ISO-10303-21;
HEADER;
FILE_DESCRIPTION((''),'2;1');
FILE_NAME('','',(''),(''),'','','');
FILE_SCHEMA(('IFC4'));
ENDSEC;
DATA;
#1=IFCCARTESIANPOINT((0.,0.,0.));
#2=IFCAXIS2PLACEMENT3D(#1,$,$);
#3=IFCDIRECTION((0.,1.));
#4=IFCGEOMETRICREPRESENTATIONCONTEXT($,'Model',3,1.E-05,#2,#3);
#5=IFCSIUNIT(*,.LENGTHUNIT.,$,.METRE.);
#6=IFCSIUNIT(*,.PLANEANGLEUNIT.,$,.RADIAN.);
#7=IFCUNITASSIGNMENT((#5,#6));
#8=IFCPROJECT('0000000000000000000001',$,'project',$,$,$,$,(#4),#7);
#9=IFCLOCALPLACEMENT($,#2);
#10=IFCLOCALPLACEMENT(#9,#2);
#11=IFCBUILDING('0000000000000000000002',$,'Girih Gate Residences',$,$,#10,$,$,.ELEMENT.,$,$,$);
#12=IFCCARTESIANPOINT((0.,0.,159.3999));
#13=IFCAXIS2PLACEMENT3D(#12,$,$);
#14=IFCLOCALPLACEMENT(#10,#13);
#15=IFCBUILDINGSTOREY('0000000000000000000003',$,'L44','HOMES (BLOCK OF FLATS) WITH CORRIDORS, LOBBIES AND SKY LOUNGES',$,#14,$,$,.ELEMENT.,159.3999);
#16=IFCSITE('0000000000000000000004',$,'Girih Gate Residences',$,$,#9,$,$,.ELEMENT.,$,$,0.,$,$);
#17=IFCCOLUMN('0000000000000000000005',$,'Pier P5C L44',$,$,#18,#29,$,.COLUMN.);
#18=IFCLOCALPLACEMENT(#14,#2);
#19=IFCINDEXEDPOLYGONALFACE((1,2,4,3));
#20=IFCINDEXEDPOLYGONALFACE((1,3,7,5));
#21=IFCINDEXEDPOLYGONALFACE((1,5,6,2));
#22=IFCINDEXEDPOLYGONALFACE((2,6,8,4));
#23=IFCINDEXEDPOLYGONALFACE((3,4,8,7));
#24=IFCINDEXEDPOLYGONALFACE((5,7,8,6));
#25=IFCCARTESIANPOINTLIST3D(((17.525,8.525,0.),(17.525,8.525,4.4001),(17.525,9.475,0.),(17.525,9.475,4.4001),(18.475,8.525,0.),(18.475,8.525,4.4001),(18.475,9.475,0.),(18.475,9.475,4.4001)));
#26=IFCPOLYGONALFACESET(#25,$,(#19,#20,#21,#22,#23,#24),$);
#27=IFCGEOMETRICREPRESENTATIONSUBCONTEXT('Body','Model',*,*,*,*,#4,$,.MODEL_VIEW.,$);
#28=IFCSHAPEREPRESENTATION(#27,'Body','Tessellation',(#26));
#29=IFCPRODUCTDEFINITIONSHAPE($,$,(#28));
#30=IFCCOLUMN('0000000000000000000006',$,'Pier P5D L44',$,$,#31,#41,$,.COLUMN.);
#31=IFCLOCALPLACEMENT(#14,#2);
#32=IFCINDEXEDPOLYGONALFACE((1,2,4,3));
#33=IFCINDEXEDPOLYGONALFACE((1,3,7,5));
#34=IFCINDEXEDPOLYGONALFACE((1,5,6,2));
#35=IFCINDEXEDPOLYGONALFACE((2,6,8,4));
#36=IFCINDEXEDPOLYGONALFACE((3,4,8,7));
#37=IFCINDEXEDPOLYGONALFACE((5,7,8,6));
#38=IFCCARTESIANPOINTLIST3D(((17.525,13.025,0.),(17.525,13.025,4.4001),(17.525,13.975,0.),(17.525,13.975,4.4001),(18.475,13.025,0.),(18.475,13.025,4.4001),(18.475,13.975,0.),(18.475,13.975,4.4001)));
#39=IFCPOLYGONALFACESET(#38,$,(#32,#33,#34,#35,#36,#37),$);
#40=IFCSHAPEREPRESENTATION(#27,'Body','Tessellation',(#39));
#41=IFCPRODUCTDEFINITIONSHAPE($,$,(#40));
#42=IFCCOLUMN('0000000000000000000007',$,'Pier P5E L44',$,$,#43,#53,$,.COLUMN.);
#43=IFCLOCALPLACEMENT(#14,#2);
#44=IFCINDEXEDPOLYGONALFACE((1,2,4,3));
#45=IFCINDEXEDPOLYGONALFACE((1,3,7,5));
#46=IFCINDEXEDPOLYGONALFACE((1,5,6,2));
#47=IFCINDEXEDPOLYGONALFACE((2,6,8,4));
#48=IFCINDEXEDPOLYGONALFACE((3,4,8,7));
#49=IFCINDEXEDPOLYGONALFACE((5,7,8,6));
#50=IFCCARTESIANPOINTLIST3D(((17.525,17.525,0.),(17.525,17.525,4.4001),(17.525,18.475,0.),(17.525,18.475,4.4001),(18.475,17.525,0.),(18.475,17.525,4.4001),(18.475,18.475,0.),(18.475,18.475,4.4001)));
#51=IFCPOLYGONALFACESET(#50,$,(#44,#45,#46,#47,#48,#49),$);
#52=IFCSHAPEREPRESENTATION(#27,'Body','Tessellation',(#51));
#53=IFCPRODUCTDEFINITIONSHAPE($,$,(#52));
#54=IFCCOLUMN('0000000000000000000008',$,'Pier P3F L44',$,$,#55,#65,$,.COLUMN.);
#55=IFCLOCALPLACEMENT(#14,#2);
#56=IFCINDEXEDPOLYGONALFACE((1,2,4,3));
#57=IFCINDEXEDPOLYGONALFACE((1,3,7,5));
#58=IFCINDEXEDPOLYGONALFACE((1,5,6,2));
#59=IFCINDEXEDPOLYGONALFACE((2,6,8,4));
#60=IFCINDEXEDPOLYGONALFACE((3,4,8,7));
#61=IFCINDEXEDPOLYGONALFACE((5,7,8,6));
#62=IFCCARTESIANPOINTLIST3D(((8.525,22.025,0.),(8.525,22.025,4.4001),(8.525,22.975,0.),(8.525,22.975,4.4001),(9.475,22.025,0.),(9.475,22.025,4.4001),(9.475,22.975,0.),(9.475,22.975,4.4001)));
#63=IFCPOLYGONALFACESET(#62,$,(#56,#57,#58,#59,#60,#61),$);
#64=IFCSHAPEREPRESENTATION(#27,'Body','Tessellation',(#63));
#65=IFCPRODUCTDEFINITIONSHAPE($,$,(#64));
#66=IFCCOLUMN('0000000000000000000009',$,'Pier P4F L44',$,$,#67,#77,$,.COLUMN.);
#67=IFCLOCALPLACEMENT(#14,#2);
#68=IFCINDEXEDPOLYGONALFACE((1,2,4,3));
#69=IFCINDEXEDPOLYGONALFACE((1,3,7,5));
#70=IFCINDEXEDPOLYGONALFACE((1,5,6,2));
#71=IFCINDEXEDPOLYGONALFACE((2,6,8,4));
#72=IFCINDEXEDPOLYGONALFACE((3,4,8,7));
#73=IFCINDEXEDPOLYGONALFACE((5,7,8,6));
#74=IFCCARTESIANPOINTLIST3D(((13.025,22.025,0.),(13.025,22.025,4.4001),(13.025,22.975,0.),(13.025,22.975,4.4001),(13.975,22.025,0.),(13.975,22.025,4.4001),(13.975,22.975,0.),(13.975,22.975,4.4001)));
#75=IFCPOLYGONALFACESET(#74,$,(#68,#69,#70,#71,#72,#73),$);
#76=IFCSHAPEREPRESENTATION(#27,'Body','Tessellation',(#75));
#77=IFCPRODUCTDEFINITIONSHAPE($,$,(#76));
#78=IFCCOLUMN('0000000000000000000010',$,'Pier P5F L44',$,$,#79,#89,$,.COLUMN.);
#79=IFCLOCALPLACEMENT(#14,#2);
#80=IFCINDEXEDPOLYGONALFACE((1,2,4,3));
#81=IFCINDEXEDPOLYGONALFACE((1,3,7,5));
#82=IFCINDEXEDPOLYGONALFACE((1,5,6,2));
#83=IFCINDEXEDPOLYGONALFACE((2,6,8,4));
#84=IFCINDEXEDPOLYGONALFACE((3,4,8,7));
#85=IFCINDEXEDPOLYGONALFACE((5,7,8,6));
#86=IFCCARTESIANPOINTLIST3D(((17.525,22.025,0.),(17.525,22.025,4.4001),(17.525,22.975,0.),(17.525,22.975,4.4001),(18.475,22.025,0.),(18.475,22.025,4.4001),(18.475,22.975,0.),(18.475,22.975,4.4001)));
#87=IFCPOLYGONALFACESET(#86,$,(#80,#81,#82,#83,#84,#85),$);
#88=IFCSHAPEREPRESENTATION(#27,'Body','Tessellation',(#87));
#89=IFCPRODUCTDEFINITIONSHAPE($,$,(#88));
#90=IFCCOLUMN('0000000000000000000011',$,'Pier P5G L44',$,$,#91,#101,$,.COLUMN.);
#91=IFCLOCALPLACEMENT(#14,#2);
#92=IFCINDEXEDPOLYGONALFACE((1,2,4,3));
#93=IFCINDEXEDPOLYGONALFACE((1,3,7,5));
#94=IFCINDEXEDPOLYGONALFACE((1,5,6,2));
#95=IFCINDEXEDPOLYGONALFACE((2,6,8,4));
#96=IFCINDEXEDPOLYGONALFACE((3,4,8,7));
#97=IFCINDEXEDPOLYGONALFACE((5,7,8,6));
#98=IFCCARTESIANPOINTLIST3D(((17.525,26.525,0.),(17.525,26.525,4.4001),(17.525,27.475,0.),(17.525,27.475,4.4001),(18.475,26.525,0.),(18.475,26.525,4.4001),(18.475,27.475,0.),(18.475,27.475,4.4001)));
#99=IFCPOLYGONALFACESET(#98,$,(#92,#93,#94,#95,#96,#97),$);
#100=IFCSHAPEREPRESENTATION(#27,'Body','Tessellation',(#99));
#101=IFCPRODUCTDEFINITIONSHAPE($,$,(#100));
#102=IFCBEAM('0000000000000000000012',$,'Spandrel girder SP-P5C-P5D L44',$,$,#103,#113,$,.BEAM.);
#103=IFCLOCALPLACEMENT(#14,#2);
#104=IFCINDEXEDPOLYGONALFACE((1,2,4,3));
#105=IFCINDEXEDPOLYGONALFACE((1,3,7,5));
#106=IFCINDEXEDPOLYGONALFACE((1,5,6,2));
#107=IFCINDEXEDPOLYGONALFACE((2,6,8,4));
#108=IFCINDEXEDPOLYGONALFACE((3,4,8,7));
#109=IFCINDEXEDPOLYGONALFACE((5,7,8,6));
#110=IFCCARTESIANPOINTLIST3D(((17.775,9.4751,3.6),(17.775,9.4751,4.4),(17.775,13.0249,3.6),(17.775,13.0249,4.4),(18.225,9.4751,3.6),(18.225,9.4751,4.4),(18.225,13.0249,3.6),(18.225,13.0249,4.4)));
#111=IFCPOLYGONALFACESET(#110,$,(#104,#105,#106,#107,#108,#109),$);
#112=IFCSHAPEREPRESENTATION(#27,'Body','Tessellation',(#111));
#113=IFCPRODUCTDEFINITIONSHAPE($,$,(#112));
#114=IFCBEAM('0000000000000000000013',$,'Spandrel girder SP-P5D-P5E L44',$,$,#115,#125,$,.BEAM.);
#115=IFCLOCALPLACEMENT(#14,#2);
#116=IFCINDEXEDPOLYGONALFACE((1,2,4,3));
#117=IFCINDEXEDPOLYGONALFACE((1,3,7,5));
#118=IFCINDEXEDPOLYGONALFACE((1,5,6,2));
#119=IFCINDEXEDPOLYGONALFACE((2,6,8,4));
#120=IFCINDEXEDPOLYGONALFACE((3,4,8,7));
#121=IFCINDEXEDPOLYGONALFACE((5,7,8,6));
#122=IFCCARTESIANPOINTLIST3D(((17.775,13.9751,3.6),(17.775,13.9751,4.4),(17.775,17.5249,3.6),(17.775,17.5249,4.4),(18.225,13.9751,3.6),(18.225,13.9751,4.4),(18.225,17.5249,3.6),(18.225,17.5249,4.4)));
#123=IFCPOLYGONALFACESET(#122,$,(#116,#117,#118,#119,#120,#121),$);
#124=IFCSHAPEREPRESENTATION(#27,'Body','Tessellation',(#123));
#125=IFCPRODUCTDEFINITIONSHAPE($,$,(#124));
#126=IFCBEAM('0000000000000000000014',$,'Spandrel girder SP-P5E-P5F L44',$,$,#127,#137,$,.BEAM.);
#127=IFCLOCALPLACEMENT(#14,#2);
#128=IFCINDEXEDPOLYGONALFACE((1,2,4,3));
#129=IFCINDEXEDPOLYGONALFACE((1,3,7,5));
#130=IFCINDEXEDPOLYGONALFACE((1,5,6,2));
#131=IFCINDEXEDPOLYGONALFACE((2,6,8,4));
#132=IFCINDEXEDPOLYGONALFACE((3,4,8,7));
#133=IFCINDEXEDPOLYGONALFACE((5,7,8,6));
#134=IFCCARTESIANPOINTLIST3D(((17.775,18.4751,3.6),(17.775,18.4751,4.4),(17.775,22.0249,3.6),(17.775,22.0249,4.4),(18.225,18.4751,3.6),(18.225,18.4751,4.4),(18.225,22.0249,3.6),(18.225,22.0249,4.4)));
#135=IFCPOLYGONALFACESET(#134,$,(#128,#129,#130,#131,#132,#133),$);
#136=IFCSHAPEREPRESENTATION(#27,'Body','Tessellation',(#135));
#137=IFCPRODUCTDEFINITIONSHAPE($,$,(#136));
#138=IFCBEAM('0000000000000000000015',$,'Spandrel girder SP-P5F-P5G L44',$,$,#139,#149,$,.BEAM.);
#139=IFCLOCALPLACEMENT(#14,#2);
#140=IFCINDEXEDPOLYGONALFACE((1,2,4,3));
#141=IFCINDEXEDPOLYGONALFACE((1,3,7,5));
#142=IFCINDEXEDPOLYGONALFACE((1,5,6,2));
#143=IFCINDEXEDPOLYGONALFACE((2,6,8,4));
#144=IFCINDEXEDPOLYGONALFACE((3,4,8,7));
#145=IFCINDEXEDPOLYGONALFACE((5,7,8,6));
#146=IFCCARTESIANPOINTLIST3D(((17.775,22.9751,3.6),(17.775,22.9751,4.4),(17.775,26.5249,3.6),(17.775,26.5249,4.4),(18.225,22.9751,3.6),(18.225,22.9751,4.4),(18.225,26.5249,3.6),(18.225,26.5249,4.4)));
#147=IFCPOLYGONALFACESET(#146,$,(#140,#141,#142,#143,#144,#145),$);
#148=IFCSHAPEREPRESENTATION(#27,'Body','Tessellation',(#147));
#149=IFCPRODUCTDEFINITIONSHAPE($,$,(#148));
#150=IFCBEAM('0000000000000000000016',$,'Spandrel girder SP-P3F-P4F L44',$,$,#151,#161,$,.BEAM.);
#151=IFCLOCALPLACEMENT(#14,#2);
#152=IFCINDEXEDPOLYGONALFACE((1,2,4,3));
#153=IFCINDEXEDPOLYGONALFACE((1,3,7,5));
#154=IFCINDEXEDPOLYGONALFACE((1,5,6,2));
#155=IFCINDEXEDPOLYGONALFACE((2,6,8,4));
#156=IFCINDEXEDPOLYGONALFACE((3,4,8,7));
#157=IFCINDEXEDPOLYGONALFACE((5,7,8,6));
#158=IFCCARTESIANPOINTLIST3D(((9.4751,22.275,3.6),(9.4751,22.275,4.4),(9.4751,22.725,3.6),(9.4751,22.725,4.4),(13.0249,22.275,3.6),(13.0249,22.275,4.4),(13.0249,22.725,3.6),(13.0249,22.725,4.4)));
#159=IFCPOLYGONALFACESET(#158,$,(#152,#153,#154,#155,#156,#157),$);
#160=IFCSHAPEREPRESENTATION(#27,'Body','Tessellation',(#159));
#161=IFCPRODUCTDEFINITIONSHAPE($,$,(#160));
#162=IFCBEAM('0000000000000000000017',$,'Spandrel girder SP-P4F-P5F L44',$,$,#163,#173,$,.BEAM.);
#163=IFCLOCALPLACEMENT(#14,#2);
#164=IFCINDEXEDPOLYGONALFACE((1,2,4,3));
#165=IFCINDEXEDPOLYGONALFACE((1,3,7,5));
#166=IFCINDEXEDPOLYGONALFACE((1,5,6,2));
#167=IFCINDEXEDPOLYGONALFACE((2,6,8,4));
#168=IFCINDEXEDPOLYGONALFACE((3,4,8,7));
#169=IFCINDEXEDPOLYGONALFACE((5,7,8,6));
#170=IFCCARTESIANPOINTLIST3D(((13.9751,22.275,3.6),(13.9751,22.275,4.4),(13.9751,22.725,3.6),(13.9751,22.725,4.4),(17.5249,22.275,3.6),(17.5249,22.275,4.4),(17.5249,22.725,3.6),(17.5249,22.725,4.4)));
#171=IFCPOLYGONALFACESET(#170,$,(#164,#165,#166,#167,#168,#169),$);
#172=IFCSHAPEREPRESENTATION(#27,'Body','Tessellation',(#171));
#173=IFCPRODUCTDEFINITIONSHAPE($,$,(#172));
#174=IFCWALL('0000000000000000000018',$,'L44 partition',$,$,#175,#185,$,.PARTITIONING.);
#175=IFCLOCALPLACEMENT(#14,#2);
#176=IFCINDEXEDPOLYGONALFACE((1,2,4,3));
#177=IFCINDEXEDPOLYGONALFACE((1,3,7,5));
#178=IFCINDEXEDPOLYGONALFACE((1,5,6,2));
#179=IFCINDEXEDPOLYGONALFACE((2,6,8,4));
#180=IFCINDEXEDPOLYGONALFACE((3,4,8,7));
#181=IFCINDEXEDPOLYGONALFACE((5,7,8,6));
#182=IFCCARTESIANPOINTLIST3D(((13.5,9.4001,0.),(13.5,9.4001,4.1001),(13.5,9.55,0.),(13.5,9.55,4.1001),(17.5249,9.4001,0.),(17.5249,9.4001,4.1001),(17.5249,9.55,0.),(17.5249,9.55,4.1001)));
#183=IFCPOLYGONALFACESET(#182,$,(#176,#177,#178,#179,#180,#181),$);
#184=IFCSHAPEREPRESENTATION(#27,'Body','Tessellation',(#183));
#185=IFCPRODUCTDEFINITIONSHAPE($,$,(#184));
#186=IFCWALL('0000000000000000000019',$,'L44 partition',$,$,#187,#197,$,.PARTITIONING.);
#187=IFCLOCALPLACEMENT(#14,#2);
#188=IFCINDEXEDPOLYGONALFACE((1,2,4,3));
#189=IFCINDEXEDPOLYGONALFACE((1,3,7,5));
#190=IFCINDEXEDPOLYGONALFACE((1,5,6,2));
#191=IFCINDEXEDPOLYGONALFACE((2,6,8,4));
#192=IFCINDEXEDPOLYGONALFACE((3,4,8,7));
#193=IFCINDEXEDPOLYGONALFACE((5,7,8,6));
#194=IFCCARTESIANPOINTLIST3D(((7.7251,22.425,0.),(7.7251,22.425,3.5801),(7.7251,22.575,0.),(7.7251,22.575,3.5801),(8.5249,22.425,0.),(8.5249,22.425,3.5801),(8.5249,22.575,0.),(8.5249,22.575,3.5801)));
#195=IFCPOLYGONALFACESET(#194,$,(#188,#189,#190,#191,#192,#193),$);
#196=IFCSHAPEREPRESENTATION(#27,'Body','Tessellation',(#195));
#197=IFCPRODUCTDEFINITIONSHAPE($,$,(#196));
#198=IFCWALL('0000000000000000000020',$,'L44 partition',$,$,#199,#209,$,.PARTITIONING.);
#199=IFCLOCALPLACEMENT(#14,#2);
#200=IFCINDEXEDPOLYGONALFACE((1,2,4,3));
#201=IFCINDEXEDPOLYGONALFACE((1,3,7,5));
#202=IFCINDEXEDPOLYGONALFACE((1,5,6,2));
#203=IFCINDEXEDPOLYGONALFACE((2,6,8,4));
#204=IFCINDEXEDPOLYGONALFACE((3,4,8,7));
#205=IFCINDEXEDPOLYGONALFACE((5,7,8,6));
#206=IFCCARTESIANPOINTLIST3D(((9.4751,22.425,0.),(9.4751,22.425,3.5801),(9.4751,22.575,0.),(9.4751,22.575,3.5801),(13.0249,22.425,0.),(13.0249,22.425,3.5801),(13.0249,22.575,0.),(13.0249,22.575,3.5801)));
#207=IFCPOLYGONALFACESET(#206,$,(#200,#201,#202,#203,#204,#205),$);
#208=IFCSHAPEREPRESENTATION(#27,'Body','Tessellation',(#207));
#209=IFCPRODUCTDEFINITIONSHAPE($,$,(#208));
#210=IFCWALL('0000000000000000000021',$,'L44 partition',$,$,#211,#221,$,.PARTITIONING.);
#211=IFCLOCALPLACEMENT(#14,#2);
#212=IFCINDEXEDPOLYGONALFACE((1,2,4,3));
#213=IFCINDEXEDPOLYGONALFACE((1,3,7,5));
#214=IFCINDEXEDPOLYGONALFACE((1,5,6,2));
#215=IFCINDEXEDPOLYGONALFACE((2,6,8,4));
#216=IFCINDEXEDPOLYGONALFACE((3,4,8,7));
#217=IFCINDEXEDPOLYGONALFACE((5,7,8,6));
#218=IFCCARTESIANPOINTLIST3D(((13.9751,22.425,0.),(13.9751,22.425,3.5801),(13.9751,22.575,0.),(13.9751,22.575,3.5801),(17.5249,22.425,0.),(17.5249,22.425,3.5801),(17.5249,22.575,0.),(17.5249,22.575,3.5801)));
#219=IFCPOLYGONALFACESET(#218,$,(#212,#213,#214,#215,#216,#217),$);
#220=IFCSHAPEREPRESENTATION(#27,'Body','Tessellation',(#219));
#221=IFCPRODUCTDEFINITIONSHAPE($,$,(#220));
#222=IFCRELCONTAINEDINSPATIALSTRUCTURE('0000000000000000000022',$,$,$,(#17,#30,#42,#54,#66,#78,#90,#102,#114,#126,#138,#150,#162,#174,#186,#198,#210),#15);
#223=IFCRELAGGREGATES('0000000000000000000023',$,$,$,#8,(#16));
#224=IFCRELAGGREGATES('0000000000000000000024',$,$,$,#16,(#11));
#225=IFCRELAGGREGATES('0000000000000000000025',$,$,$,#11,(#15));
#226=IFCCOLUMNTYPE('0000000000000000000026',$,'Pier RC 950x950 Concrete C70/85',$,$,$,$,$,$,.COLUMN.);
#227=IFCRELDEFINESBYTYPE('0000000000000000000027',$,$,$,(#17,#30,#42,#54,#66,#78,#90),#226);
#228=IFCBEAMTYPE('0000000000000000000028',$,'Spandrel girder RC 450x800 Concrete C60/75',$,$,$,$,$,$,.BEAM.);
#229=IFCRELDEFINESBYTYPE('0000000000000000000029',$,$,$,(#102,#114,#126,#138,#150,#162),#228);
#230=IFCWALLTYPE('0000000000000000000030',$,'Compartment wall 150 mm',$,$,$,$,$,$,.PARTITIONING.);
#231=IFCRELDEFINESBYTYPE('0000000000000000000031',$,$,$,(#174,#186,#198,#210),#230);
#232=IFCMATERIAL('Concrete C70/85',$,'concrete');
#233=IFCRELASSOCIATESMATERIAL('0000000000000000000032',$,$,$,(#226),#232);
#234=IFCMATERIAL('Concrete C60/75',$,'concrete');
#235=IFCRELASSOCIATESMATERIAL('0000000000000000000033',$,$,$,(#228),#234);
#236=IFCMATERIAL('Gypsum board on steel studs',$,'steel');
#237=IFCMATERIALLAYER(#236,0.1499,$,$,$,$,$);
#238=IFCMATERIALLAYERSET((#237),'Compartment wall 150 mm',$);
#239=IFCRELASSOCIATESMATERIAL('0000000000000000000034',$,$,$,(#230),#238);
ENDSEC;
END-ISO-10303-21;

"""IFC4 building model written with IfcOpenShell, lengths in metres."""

from ifc_helpers import new_model, si_unit, direction, frame, frame_2d, origin, origin_2d, place, context, subcontext, project, spatial, rectangle, extrude, material, layer, layer_set, material_profile, profile_set, type_object, element, save


model = new_model("IFC4")

# Units and contexts
model_context = context("Model", 3, precision=1e-05, world=origin(), true_north=direction((0.0, 1.0)))
body_context = subcontext(model_context, "Body", "Model", "MODEL_VIEW")
ifc_project = project(units=[si_unit("LENGTHUNIT", "METRE"), si_unit("PLANEANGLEUNIT", "RADIAN")], contexts=[model_context])

# Site, building, storey
site_placement = place(None, origin())
site = spatial("IfcSite", under=ifc_project, at=site_placement, Name="Girih Gate Residences", CompositionType="ELEMENT", RefElevation=0.0)
building_placement = place(site_placement, origin())
building = spatial("IfcBuilding", under=site, at=building_placement, Name="Girih Gate Residences", CompositionType="ELEMENT")
storey_placement = place(building_placement, frame((0.0, 0.0, 159.3999)))
storey = spatial("IfcBuildingStorey", under=building, at=storey_placement, Name="L44", Description="HOMES (BLOCK OF FLATS) WITH CORRIDORS, LOBBIES AND SKY LOUNGES", CompositionType="ELEMENT", Elevation=159.3999)

# Columns
ifc_material_1 = material(Name="Concrete C70/85", Category="concrete")
ifc_material_profile_1 = material_profile(ifc_material_1, rectangle(XDim=0.95, YDim=0.95, at=origin_2d()))
ifc_profile_set_1 = profile_set([ifc_material_profile_1], Name="Concrete C70/85")
column_type = type_object("IfcColumnType", Name="Pier RC 950x950 Concrete C70/85", PredefinedType="COLUMN", material=ifc_profile_set_1)
for number, where, z_axis, x_axis, name in (
    (1, (18.0, 9.0, 0.0), (0.0, 0.0, 1.0), (1.0, 0.0, 0.0), "Pier P5C L44"),
    (2, (18.0, 13.5, 0.0), (0.0, 0.0, 1.0), (1.0, 0.0, 0.0), "Pier P5D L44"),
    (3, (18.0, 18.0, 0.0), (0.0, 0.0, 1.0), (1.0, 0.0, 0.0), "Pier P5E L44"),
    (4, (9.0, 22.5, 0.0), (0.0, 0.0, 1.0), (1.0, 0.0, 0.0), "Pier P3F L44"),
    (5, (13.5, 22.5, 0.0), (0.0, 0.0, 1.0), (1.0, 0.0, 0.0), "Pier P4F L44"),
    (6, (18.0, 22.5, 0.0), (0.0, 0.0, 1.0), (1.0, 0.0, 0.0), "Pier P5F L44"),
    (7, (18.0, 27.0, 0.0), (0.0, 0.0, 1.0), (1.0, 0.0, 0.0), "Pier P5G L44"),
):
    element("IfcColumn", number, at=place(storey_placement, frame(where, z_axis=z_axis, x_axis=x_axis)), inside=storey, type_object=column_type, Name=name, PredefinedType="COLUMN", context=body_context, shape_type="SweptSolid", body=[
        extrude(rectangle(XDim=0.95, YDim=0.95, at=origin_2d()), origin(), (0.0, 0.0, 1.0), 4.4001),
    ])

# Beams
ifc_material_2 = material(Name="Concrete C60/75", Category="concrete")
ifc_material_profile_2 = material_profile(ifc_material_2, rectangle(XDim=0.45, YDim=0.8, at=origin_2d()))
ifc_profile_set_2 = profile_set([ifc_material_profile_2], Name="Concrete C60/75")
beam_type = type_object("IfcBeamType", Name="Spandrel girder RC 450x800 Concrete C60/75", PredefinedType="BEAM", material=ifc_profile_set_2)
for number, where, z_axis, x_axis, name in (
    (8, (18.0, 9.4751, 4.0), (0.0, 1.0, 0.0), (-1.0, 0.0, 0.0), "Spandrel girder SP-P5C-P5D L44"),
    (9, (18.0, 13.9751, 4.0), (0.0, 1.0, 0.0), (-1.0, 0.0, 0.0), "Spandrel girder SP-P5D-P5E L44"),
    (10, (18.0, 18.4751, 4.0), (0.0, 1.0, 0.0), (-1.0, 0.0, 0.0), "Spandrel girder SP-P5E-P5F L44"),
    (11, (18.0, 22.9751, 4.0), (0.0, 1.0, 0.0), (-1.0, 0.0, 0.0), "Spandrel girder SP-P5F-P5G L44"),
    (12, (9.4751, 22.5, 4.0), (1.0, 0.0, 0.0), (0.0, 1.0, 0.0), "Spandrel girder SP-P3F-P4F L44"),
    (13, (13.9751, 22.5, 4.0), (1.0, 0.0, 0.0), (0.0, 1.0, 0.0), "Spandrel girder SP-P4F-P5F L44"),
):
    element("IfcBeam", number, at=place(storey_placement, frame(where, z_axis=z_axis, x_axis=x_axis)), inside=storey, type_object=beam_type, Name=name, PredefinedType="BEAM", context=body_context, shape_type="SweptSolid", body=[
        extrude(rectangle(XDim=0.45, YDim=0.8, at=origin_2d()), origin(), (0.0, 0.0, 1.0), 3.5498),
    ])

# Wall
ifc_material_3 = material(Name="Gypsum board on steel studs", Category="steel")
ifc_layer_1 = layer(ifc_material_3, 0.1499)
ifc_layer_set_1 = layer_set([ifc_layer_1], Name="Compartment wall 150 mm")
wall_type_1 = type_object("IfcWallType", Name="Compartment wall 150 mm", PredefinedType="PARTITIONING", material=ifc_layer_set_1)
wall_1_placement = place(storey_placement, frame((13.5, 9.4751, 0.0), z_axis=(0.0, 0.0, 1.0), x_axis=(1.0, 0.0, 0.0)))
element("IfcWall", 14, at=wall_1_placement, inside=storey, type_object=wall_type_1, Name="L44 partition", PredefinedType="PARTITIONING", context=body_context, shape_type="SweptSolid", body=[
    extrude(rectangle(XDim=4.0249, YDim=0.1499, at=frame_2d((2.0125, 0.0))), origin(), (0.0, 0.0, 1.0), 4.1001),
])

# Walls
wall_2_placement = place(storey_placement, frame((7.7251, 22.5, 0.0), z_axis=(0.0, 0.0, 1.0), x_axis=(1.0, 0.0, 0.0)))
element("IfcWall", 15, at=wall_2_placement, inside=storey, type_object=wall_type_1, Name="L44 partition", PredefinedType="PARTITIONING", context=body_context, shape_type="SweptSolid", body=[
    extrude(rectangle(XDim=0.7998, YDim=0.1499, at=frame_2d((0.3999, 0.0))), origin(), (0.0, 0.0, 1.0), 3.5801),
])
for number, where, z_axis, x_axis, name in (
    (16, (9.4751, 22.5, 0.0), (0.0, 0.0, 1.0), (1.0, 0.0, 0.0), "L44 partition"),
    (17, (13.9751, 22.5, 0.0), (0.0, 0.0, 1.0), (1.0, 0.0, 0.0), "L44 partition"),
):
    element("IfcWall", number, at=place(storey_placement, frame(where, z_axis=z_axis, x_axis=x_axis)), inside=storey, type_object=wall_type_1, Name=name, PredefinedType="PARTITIONING", context=body_context, shape_type="SweptSolid", body=[
        extrude(rectangle(XDim=3.5498, YDim=0.1499, at=frame_2d((1.7749, 0.0))), origin(), (0.0, 0.0, 1.0), 3.5801),
    ])

save(model, "model.ifc")
